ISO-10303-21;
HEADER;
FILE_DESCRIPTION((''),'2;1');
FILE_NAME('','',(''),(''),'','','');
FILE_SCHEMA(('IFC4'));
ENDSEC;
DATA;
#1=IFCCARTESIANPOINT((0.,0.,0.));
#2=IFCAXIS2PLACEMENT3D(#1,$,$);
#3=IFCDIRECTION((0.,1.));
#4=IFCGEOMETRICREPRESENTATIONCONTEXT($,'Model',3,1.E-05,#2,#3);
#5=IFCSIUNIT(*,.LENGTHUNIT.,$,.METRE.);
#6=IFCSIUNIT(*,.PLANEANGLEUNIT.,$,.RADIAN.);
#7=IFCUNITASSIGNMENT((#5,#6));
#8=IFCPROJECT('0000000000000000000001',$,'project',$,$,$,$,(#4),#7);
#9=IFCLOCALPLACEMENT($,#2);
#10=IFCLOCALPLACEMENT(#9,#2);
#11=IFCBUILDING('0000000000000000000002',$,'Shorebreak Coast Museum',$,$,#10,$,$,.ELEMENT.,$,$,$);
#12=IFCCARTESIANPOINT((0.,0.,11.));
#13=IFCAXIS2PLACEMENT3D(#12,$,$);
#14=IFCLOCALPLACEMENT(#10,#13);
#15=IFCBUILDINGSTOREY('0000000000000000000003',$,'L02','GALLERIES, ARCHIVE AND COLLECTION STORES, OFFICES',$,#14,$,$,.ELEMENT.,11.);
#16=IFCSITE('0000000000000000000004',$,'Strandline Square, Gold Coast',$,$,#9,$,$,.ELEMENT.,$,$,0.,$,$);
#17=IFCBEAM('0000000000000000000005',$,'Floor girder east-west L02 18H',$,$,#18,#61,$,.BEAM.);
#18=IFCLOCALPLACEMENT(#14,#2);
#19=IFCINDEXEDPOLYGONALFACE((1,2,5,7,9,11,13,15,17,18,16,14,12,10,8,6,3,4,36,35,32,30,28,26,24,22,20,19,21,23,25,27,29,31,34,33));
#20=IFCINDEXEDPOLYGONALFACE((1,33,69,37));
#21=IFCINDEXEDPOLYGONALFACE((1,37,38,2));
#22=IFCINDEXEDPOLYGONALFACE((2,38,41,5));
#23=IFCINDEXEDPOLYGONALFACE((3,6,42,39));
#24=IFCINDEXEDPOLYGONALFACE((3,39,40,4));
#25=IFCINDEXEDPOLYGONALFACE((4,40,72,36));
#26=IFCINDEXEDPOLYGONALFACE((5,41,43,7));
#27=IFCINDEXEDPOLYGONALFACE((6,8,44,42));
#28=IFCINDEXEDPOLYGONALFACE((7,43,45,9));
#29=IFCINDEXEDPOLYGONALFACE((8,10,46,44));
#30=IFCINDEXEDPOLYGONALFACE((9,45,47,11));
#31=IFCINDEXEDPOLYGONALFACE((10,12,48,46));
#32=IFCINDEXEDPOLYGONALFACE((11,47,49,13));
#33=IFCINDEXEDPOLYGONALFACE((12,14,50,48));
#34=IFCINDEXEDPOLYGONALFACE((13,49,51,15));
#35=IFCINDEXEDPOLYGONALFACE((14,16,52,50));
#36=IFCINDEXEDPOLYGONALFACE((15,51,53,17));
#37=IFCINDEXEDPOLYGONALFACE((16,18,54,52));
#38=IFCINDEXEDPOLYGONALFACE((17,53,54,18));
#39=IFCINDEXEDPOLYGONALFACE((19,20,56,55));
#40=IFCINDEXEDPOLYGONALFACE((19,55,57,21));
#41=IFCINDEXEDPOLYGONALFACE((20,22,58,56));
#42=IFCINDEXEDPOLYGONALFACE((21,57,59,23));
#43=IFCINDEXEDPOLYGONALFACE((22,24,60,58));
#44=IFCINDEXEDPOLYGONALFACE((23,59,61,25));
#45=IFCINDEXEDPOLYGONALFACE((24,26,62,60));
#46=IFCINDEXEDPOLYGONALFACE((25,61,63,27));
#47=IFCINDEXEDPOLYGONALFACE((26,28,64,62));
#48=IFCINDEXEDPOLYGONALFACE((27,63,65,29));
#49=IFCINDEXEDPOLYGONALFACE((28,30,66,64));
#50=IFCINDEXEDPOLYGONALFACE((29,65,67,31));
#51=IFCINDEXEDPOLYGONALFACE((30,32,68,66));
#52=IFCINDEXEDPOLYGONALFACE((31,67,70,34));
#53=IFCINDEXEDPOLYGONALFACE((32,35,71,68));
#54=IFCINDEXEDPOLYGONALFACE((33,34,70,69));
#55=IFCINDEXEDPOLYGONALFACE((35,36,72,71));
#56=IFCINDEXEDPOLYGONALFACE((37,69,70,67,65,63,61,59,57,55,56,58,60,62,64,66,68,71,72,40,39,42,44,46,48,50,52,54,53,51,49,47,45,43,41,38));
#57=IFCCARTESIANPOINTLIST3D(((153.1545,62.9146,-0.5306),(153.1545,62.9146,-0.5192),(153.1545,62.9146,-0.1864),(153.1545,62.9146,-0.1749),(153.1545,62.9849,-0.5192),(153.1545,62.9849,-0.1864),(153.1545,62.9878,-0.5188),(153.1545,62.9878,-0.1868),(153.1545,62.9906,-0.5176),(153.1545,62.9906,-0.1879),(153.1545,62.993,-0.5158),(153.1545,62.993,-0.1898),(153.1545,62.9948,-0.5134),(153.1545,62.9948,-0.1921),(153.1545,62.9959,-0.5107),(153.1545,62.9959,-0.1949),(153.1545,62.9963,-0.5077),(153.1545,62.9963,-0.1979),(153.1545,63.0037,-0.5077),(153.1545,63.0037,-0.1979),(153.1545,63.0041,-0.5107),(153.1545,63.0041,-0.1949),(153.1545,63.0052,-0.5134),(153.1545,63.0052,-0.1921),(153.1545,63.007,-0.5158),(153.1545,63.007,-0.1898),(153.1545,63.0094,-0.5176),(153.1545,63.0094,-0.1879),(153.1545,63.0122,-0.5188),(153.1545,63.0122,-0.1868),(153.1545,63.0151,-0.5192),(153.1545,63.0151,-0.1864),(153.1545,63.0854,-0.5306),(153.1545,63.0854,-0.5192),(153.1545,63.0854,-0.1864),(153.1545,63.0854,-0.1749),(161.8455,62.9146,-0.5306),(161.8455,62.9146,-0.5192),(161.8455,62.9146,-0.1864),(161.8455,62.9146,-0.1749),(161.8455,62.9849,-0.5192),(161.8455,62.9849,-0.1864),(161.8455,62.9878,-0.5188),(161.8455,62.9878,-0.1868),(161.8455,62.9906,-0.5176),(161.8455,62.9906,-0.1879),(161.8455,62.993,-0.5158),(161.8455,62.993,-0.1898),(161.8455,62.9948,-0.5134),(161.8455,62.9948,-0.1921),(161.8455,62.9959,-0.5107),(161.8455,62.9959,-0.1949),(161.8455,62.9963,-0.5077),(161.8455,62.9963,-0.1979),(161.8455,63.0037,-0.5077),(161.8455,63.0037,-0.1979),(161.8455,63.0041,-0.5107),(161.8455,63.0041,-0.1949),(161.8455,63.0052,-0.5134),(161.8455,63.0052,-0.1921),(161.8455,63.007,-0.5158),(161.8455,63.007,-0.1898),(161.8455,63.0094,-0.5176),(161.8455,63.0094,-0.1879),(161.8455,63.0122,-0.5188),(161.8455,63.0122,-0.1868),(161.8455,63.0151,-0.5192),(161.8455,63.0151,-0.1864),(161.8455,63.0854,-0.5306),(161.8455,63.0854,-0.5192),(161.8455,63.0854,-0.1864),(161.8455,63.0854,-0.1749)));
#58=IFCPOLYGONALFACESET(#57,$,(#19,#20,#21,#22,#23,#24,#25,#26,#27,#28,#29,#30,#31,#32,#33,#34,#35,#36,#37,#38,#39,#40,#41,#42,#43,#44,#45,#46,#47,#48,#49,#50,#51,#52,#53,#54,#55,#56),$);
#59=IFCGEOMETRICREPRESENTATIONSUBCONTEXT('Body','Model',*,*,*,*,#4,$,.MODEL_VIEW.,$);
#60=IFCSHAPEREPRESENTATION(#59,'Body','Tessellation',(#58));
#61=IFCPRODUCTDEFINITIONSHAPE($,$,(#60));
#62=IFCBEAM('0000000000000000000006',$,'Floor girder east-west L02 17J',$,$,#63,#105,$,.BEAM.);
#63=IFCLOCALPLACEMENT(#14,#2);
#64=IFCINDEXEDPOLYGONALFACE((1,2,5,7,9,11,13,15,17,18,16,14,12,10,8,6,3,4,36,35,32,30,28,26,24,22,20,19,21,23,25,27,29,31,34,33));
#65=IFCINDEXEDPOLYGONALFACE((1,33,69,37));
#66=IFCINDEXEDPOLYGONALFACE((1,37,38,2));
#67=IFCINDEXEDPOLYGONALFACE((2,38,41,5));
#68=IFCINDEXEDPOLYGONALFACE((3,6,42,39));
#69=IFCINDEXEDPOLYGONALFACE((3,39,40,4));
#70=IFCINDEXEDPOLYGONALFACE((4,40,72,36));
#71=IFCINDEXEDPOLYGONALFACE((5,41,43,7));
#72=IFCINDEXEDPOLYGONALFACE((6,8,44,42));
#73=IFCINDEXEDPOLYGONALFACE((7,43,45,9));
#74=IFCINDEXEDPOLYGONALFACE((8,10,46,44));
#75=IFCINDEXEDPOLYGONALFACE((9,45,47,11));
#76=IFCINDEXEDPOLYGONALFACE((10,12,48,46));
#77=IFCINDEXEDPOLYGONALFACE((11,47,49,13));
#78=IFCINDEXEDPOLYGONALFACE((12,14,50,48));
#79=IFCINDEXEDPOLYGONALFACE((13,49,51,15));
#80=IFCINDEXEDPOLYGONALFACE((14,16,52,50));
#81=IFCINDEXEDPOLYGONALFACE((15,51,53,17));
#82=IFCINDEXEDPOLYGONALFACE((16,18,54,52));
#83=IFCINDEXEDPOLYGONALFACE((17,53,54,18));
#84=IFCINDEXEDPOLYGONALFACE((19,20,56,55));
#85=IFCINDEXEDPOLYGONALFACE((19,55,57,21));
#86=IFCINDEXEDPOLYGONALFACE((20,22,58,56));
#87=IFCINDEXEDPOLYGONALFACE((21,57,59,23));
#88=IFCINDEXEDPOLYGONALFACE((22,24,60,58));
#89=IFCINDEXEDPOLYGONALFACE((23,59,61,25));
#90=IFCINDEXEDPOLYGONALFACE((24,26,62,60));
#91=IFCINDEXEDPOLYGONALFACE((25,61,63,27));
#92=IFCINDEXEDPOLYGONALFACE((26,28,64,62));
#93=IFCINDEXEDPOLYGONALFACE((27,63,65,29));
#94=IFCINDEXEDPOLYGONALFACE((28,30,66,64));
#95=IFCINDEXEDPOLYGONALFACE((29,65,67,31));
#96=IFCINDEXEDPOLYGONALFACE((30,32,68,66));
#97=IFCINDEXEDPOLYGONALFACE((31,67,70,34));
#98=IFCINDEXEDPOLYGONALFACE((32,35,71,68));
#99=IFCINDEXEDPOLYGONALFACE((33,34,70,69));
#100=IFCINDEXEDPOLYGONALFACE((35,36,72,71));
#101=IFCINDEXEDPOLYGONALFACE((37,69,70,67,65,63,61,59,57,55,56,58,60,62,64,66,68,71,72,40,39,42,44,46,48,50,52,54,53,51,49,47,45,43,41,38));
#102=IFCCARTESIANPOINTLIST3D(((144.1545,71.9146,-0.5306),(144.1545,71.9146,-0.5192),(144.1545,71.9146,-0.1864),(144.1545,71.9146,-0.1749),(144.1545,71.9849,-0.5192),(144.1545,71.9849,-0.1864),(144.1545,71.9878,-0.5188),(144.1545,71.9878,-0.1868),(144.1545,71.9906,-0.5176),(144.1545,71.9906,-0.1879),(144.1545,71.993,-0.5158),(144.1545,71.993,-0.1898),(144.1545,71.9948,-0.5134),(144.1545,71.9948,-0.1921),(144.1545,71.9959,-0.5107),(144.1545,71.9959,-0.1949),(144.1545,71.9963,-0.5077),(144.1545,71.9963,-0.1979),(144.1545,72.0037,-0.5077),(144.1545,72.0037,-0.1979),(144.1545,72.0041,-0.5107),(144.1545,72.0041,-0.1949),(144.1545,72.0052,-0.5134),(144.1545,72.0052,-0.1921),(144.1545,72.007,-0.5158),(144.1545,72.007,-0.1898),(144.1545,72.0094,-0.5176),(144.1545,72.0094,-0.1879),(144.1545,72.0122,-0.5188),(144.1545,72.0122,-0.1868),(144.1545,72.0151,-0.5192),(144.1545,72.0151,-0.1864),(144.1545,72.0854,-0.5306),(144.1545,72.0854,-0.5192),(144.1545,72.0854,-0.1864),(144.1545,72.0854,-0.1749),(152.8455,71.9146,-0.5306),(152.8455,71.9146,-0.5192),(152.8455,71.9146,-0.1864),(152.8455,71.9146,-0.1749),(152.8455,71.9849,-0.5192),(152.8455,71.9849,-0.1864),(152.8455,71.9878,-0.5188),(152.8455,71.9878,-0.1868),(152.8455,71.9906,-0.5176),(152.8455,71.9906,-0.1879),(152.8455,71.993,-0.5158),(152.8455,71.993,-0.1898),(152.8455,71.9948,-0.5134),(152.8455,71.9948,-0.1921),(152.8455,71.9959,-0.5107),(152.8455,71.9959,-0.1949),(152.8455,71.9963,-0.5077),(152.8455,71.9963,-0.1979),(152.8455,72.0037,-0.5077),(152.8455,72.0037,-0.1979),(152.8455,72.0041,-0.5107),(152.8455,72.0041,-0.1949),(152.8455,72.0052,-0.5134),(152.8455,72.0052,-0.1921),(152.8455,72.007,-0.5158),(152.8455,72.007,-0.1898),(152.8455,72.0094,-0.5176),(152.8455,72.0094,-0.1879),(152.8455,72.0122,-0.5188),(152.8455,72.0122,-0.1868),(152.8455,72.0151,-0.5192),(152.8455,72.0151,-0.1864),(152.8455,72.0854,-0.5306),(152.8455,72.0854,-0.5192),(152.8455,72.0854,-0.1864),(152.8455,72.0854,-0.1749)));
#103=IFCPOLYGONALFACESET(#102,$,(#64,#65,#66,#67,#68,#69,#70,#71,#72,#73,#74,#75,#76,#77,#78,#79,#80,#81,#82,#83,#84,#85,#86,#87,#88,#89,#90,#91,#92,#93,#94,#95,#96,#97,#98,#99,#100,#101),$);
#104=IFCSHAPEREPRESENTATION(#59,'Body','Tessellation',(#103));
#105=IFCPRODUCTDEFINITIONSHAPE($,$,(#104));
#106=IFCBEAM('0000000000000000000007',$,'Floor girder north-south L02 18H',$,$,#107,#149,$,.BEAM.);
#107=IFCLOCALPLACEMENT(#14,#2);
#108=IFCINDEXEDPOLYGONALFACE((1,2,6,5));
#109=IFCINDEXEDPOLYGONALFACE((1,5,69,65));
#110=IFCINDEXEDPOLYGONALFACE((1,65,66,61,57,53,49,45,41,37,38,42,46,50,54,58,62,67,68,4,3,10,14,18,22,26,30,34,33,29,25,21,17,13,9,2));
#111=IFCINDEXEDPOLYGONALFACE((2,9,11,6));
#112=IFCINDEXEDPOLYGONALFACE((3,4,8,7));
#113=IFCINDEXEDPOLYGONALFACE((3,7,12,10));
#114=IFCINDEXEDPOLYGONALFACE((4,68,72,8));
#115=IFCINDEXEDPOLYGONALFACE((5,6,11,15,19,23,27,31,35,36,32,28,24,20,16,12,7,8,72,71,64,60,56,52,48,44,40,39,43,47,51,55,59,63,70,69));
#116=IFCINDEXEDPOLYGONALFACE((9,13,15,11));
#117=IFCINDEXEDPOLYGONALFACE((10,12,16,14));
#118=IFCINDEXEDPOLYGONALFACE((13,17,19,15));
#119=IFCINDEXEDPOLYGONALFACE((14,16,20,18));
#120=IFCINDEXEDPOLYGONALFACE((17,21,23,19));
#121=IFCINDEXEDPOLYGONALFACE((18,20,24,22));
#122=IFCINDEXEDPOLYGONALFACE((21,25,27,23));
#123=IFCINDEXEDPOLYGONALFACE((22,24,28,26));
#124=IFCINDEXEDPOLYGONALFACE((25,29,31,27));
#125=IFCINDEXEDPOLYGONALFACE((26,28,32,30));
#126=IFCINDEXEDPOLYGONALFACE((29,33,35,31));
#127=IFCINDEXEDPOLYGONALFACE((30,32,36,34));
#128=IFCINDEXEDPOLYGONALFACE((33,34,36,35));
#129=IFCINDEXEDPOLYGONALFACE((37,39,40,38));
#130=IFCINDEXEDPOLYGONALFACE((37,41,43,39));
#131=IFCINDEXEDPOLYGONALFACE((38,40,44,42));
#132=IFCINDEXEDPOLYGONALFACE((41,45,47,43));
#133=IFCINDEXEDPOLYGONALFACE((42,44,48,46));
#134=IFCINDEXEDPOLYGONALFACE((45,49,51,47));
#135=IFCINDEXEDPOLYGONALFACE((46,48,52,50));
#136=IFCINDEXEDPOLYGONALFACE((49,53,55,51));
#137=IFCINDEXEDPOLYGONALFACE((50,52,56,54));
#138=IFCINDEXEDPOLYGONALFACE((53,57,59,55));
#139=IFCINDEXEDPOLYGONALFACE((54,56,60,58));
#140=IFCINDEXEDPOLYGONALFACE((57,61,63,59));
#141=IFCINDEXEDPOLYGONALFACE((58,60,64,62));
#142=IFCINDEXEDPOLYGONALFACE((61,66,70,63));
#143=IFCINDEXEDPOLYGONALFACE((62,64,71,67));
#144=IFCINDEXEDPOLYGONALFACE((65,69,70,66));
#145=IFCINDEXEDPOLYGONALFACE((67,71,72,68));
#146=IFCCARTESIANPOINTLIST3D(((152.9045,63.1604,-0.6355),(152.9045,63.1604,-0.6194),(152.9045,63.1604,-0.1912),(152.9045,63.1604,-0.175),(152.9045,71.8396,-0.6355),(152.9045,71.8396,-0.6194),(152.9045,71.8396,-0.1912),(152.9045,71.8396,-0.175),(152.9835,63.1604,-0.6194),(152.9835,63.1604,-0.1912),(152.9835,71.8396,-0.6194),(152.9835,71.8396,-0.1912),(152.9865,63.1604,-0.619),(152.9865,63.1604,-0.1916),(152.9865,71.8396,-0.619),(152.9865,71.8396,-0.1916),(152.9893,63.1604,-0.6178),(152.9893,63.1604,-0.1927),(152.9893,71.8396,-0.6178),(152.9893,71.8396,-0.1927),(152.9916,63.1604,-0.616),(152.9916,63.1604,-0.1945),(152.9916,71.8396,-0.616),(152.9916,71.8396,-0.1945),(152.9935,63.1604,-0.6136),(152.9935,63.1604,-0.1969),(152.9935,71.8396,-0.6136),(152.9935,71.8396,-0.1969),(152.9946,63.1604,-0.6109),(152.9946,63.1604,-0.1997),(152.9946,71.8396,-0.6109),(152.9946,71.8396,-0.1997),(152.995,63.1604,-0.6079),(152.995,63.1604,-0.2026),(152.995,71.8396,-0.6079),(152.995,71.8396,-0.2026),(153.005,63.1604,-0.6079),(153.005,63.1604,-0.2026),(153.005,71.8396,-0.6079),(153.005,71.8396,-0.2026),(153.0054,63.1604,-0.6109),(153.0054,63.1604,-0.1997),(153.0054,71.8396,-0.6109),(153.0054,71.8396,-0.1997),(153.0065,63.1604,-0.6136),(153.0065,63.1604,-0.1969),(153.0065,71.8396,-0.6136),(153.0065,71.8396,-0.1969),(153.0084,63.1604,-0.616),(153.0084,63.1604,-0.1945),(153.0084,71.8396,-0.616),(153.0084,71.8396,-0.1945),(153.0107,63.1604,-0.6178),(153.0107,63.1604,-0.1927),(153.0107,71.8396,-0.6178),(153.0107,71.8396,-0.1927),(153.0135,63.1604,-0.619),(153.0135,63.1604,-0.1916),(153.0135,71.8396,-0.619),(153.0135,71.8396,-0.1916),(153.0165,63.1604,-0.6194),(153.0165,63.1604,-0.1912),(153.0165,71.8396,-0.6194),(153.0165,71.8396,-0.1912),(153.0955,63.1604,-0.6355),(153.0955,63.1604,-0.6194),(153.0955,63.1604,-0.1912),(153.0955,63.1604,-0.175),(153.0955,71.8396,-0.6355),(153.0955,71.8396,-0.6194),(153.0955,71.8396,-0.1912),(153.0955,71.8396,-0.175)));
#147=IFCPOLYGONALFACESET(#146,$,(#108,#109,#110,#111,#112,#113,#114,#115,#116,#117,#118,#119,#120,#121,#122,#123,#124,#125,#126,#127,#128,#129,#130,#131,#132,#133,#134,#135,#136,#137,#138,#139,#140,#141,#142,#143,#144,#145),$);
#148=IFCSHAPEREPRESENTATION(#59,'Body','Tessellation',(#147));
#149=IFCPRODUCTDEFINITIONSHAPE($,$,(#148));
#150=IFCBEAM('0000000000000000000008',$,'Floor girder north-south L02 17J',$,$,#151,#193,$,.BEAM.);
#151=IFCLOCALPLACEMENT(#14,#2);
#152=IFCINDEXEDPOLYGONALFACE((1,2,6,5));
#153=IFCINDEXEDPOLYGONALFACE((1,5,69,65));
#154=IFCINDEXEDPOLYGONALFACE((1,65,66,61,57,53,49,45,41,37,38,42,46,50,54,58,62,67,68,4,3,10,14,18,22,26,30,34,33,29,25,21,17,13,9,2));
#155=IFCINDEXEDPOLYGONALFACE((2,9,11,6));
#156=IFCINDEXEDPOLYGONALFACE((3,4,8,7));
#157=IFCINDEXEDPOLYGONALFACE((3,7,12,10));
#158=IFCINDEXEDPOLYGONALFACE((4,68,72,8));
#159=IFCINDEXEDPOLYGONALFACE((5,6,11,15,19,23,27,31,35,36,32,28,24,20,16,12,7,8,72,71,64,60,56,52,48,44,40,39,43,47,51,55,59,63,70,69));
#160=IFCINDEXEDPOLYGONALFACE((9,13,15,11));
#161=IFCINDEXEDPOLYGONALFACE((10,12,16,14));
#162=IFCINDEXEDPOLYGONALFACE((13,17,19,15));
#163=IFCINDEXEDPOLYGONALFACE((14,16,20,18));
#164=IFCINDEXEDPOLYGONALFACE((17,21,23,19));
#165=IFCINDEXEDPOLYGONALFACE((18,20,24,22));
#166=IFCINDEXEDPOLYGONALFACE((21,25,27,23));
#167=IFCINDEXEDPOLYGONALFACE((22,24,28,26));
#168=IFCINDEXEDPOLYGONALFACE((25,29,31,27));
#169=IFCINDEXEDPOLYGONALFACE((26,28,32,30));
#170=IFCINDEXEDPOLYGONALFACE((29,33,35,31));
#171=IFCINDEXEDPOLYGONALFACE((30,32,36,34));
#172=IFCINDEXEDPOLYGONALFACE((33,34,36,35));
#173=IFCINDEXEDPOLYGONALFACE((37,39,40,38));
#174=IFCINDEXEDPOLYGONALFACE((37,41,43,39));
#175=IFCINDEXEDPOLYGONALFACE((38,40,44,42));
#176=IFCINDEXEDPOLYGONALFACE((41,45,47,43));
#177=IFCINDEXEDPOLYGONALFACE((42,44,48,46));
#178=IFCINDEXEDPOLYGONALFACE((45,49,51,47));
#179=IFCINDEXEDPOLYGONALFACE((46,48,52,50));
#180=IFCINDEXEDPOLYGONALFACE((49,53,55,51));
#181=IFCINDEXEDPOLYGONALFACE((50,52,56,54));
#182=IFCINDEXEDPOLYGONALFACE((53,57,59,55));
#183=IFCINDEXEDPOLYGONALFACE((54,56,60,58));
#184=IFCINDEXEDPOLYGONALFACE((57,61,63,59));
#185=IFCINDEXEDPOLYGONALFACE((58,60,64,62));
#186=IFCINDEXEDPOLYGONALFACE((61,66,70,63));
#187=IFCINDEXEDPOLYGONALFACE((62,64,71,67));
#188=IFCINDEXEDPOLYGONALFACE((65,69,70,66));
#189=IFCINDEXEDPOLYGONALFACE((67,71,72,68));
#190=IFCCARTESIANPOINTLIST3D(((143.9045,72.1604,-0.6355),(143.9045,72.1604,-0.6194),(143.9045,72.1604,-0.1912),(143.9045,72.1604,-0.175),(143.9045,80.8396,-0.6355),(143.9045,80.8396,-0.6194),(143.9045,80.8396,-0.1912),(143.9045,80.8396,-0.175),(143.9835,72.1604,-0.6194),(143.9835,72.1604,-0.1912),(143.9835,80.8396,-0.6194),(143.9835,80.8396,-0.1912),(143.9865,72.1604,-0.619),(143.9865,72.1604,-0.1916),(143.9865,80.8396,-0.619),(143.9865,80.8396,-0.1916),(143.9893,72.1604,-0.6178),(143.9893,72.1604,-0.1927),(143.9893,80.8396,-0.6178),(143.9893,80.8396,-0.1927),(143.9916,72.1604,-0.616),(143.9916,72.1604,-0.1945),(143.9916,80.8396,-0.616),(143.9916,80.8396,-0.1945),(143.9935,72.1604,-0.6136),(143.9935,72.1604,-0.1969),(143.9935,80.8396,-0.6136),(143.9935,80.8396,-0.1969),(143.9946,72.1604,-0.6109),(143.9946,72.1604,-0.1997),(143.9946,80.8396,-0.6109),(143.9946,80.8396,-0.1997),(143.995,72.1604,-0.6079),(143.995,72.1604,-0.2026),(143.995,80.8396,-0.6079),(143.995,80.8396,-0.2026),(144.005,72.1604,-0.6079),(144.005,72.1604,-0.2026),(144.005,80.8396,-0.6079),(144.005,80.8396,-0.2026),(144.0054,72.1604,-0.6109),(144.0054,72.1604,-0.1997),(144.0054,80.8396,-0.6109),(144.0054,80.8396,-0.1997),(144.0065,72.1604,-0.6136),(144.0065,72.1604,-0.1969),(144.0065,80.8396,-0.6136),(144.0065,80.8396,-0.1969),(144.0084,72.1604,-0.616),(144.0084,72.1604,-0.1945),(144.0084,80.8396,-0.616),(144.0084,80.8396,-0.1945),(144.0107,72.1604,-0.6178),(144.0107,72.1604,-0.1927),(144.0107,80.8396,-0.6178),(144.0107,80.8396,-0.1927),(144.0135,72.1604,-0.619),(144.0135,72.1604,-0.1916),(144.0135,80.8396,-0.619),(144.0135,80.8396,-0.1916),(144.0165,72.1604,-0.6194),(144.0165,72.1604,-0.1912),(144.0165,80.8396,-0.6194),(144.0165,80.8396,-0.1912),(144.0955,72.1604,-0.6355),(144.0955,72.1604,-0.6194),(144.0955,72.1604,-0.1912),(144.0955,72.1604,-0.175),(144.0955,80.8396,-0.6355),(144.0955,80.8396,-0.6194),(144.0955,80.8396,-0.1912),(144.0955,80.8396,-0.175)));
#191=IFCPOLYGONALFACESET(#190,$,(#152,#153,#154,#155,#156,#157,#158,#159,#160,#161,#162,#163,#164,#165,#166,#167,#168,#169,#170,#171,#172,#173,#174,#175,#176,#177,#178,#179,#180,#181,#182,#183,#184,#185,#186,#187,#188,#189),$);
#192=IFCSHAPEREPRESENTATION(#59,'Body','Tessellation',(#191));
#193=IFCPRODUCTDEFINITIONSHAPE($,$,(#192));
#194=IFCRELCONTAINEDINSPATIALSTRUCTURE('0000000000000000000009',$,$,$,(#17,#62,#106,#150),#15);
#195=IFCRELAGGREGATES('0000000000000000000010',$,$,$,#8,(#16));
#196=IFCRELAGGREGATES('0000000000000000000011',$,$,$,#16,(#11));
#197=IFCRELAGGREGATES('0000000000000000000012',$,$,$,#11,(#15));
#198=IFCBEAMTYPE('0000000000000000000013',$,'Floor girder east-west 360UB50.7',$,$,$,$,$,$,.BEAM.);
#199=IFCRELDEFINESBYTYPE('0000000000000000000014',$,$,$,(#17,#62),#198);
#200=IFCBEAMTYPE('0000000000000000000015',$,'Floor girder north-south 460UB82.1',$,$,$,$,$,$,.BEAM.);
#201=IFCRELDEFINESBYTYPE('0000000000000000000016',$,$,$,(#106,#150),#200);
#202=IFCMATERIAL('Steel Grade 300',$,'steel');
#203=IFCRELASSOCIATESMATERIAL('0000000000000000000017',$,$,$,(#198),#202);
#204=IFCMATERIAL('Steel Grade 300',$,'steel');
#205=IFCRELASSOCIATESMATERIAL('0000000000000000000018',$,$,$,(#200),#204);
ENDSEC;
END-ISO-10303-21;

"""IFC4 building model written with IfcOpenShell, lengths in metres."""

from ifc_helpers import new_model, si_unit, direction, frame, origin, origin_2d, place, context, subcontext, project, spatial, i_section, extrude, material, material_profile, profile_set, type_object, element, save


model = new_model("IFC4")

# Units and contexts
model_context = context("Model", 3, precision=1e-05, world=origin(), true_north=direction((0.0, 1.0)))
body_context = subcontext(model_context, "Body", "Model", "MODEL_VIEW")
ifc_project = project(units=[si_unit("LENGTHUNIT", "METRE"), si_unit("PLANEANGLEUNIT", "RADIAN")], contexts=[model_context])

# Site, building, storey
site_placement = place(None, origin())
site = spatial("IfcSite", under=ifc_project, at=site_placement, Name="Strandline Square, Gold Coast", CompositionType="ELEMENT", RefElevation=0.0)
building_placement = place(site_placement, origin())
building = spatial("IfcBuilding", under=site, at=building_placement, Name="Shorebreak Coast Museum", CompositionType="ELEMENT")
storey_placement = place(building_placement, frame((0.0, 0.0, 11.0)))
storey = spatial("IfcBuildingStorey", under=building, at=storey_placement, Name="L02", Description="GALLERIES, ARCHIVE AND COLLECTION STORES, OFFICES", CompositionType="ELEMENT", Elevation=11.0)

# Beams
ifc_material_1 = material(Name="Steel Grade 300", Category="steel")
ifc_material_profile_1 = material_profile(ifc_material_1, i_section(OverallWidth=0.1709, OverallDepth=0.3557, WebThickness=0.0073, FlangeThickness=0.0115, FilletRadius=0.0115, at=origin_2d()), Name="360UB50.7")
ifc_profile_set_1 = profile_set([ifc_material_profile_1], Name="Steel Grade 300")
beam_type_1 = type_object("IfcBeamType", Name="Floor girder east-west 360UB50.7", PredefinedType="BEAM", material=ifc_profile_set_1)
for number, where, z_axis, x_axis, name in (
    (1, (153.1545, 63.0, -0.3528), (1.0, 0.0, 0.0), (0.0, 1.0, 0.0), "Floor girder east-west L02 18H"),
    (2, (144.1545, 72.0, -0.3528), (1.0, 0.0, 0.0), (0.0, 1.0, 0.0), "Floor girder east-west L02 17J"),
):
    element("IfcBeam", number, at=place(storey_placement, frame(where, z_axis=z_axis, x_axis=x_axis)), inside=storey, type_object=beam_type_1, Name=name, PredefinedType="BEAM", context=body_context, shape_type="SweptSolid", body=[
        extrude(i_section(OverallWidth=0.1709, OverallDepth=0.3557, WebThickness=0.0073, FlangeThickness=0.0115, FilletRadius=0.0115, at=origin_2d()), origin(), (0.0, 0.0, 1.0), 8.6909),
    ])
ifc_material_2 = material(Name="Steel Grade 300", Category="steel")
ifc_material_profile_2 = material_profile(ifc_material_2, i_section(OverallWidth=0.1909, OverallDepth=0.4604, WebThickness=0.01, FlangeThickness=0.0161, FilletRadius=0.0115, at=origin_2d()), Name="460UB82.1")
ifc_profile_set_2 = profile_set([ifc_material_profile_2], Name="Steel Grade 300")
beam_type_2 = type_object("IfcBeamType", Name="Floor girder north-south 460UB82.1", PredefinedType="BEAM", material=ifc_profile_set_2)
for number, where, z_axis, x_axis, name in (
    (3, (153.0, 63.1604, -0.4053), (0.0, 1.0, 0.0), (-1.0, 0.0, 0.0), "Floor girder north-south L02 18H"),
    (4, (144.0, 72.1604, -0.4053), (0.0, 1.0, 0.0), (-1.0, 0.0, 0.0), "Floor girder north-south L02 17J"),
):
    element("IfcBeam", number, at=place(storey_placement, frame(where, z_axis=z_axis, x_axis=x_axis)), inside=storey, type_object=beam_type_2, Name=name, PredefinedType="BEAM", context=body_context, shape_type="SweptSolid", body=[
        extrude(i_section(OverallWidth=0.1909, OverallDepth=0.4604, WebThickness=0.01, FlangeThickness=0.0161, FilletRadius=0.0115, at=origin_2d()), origin(), (0.0, 0.0, 1.0), 8.6792),
    ])

save(model, "model.ifc")
